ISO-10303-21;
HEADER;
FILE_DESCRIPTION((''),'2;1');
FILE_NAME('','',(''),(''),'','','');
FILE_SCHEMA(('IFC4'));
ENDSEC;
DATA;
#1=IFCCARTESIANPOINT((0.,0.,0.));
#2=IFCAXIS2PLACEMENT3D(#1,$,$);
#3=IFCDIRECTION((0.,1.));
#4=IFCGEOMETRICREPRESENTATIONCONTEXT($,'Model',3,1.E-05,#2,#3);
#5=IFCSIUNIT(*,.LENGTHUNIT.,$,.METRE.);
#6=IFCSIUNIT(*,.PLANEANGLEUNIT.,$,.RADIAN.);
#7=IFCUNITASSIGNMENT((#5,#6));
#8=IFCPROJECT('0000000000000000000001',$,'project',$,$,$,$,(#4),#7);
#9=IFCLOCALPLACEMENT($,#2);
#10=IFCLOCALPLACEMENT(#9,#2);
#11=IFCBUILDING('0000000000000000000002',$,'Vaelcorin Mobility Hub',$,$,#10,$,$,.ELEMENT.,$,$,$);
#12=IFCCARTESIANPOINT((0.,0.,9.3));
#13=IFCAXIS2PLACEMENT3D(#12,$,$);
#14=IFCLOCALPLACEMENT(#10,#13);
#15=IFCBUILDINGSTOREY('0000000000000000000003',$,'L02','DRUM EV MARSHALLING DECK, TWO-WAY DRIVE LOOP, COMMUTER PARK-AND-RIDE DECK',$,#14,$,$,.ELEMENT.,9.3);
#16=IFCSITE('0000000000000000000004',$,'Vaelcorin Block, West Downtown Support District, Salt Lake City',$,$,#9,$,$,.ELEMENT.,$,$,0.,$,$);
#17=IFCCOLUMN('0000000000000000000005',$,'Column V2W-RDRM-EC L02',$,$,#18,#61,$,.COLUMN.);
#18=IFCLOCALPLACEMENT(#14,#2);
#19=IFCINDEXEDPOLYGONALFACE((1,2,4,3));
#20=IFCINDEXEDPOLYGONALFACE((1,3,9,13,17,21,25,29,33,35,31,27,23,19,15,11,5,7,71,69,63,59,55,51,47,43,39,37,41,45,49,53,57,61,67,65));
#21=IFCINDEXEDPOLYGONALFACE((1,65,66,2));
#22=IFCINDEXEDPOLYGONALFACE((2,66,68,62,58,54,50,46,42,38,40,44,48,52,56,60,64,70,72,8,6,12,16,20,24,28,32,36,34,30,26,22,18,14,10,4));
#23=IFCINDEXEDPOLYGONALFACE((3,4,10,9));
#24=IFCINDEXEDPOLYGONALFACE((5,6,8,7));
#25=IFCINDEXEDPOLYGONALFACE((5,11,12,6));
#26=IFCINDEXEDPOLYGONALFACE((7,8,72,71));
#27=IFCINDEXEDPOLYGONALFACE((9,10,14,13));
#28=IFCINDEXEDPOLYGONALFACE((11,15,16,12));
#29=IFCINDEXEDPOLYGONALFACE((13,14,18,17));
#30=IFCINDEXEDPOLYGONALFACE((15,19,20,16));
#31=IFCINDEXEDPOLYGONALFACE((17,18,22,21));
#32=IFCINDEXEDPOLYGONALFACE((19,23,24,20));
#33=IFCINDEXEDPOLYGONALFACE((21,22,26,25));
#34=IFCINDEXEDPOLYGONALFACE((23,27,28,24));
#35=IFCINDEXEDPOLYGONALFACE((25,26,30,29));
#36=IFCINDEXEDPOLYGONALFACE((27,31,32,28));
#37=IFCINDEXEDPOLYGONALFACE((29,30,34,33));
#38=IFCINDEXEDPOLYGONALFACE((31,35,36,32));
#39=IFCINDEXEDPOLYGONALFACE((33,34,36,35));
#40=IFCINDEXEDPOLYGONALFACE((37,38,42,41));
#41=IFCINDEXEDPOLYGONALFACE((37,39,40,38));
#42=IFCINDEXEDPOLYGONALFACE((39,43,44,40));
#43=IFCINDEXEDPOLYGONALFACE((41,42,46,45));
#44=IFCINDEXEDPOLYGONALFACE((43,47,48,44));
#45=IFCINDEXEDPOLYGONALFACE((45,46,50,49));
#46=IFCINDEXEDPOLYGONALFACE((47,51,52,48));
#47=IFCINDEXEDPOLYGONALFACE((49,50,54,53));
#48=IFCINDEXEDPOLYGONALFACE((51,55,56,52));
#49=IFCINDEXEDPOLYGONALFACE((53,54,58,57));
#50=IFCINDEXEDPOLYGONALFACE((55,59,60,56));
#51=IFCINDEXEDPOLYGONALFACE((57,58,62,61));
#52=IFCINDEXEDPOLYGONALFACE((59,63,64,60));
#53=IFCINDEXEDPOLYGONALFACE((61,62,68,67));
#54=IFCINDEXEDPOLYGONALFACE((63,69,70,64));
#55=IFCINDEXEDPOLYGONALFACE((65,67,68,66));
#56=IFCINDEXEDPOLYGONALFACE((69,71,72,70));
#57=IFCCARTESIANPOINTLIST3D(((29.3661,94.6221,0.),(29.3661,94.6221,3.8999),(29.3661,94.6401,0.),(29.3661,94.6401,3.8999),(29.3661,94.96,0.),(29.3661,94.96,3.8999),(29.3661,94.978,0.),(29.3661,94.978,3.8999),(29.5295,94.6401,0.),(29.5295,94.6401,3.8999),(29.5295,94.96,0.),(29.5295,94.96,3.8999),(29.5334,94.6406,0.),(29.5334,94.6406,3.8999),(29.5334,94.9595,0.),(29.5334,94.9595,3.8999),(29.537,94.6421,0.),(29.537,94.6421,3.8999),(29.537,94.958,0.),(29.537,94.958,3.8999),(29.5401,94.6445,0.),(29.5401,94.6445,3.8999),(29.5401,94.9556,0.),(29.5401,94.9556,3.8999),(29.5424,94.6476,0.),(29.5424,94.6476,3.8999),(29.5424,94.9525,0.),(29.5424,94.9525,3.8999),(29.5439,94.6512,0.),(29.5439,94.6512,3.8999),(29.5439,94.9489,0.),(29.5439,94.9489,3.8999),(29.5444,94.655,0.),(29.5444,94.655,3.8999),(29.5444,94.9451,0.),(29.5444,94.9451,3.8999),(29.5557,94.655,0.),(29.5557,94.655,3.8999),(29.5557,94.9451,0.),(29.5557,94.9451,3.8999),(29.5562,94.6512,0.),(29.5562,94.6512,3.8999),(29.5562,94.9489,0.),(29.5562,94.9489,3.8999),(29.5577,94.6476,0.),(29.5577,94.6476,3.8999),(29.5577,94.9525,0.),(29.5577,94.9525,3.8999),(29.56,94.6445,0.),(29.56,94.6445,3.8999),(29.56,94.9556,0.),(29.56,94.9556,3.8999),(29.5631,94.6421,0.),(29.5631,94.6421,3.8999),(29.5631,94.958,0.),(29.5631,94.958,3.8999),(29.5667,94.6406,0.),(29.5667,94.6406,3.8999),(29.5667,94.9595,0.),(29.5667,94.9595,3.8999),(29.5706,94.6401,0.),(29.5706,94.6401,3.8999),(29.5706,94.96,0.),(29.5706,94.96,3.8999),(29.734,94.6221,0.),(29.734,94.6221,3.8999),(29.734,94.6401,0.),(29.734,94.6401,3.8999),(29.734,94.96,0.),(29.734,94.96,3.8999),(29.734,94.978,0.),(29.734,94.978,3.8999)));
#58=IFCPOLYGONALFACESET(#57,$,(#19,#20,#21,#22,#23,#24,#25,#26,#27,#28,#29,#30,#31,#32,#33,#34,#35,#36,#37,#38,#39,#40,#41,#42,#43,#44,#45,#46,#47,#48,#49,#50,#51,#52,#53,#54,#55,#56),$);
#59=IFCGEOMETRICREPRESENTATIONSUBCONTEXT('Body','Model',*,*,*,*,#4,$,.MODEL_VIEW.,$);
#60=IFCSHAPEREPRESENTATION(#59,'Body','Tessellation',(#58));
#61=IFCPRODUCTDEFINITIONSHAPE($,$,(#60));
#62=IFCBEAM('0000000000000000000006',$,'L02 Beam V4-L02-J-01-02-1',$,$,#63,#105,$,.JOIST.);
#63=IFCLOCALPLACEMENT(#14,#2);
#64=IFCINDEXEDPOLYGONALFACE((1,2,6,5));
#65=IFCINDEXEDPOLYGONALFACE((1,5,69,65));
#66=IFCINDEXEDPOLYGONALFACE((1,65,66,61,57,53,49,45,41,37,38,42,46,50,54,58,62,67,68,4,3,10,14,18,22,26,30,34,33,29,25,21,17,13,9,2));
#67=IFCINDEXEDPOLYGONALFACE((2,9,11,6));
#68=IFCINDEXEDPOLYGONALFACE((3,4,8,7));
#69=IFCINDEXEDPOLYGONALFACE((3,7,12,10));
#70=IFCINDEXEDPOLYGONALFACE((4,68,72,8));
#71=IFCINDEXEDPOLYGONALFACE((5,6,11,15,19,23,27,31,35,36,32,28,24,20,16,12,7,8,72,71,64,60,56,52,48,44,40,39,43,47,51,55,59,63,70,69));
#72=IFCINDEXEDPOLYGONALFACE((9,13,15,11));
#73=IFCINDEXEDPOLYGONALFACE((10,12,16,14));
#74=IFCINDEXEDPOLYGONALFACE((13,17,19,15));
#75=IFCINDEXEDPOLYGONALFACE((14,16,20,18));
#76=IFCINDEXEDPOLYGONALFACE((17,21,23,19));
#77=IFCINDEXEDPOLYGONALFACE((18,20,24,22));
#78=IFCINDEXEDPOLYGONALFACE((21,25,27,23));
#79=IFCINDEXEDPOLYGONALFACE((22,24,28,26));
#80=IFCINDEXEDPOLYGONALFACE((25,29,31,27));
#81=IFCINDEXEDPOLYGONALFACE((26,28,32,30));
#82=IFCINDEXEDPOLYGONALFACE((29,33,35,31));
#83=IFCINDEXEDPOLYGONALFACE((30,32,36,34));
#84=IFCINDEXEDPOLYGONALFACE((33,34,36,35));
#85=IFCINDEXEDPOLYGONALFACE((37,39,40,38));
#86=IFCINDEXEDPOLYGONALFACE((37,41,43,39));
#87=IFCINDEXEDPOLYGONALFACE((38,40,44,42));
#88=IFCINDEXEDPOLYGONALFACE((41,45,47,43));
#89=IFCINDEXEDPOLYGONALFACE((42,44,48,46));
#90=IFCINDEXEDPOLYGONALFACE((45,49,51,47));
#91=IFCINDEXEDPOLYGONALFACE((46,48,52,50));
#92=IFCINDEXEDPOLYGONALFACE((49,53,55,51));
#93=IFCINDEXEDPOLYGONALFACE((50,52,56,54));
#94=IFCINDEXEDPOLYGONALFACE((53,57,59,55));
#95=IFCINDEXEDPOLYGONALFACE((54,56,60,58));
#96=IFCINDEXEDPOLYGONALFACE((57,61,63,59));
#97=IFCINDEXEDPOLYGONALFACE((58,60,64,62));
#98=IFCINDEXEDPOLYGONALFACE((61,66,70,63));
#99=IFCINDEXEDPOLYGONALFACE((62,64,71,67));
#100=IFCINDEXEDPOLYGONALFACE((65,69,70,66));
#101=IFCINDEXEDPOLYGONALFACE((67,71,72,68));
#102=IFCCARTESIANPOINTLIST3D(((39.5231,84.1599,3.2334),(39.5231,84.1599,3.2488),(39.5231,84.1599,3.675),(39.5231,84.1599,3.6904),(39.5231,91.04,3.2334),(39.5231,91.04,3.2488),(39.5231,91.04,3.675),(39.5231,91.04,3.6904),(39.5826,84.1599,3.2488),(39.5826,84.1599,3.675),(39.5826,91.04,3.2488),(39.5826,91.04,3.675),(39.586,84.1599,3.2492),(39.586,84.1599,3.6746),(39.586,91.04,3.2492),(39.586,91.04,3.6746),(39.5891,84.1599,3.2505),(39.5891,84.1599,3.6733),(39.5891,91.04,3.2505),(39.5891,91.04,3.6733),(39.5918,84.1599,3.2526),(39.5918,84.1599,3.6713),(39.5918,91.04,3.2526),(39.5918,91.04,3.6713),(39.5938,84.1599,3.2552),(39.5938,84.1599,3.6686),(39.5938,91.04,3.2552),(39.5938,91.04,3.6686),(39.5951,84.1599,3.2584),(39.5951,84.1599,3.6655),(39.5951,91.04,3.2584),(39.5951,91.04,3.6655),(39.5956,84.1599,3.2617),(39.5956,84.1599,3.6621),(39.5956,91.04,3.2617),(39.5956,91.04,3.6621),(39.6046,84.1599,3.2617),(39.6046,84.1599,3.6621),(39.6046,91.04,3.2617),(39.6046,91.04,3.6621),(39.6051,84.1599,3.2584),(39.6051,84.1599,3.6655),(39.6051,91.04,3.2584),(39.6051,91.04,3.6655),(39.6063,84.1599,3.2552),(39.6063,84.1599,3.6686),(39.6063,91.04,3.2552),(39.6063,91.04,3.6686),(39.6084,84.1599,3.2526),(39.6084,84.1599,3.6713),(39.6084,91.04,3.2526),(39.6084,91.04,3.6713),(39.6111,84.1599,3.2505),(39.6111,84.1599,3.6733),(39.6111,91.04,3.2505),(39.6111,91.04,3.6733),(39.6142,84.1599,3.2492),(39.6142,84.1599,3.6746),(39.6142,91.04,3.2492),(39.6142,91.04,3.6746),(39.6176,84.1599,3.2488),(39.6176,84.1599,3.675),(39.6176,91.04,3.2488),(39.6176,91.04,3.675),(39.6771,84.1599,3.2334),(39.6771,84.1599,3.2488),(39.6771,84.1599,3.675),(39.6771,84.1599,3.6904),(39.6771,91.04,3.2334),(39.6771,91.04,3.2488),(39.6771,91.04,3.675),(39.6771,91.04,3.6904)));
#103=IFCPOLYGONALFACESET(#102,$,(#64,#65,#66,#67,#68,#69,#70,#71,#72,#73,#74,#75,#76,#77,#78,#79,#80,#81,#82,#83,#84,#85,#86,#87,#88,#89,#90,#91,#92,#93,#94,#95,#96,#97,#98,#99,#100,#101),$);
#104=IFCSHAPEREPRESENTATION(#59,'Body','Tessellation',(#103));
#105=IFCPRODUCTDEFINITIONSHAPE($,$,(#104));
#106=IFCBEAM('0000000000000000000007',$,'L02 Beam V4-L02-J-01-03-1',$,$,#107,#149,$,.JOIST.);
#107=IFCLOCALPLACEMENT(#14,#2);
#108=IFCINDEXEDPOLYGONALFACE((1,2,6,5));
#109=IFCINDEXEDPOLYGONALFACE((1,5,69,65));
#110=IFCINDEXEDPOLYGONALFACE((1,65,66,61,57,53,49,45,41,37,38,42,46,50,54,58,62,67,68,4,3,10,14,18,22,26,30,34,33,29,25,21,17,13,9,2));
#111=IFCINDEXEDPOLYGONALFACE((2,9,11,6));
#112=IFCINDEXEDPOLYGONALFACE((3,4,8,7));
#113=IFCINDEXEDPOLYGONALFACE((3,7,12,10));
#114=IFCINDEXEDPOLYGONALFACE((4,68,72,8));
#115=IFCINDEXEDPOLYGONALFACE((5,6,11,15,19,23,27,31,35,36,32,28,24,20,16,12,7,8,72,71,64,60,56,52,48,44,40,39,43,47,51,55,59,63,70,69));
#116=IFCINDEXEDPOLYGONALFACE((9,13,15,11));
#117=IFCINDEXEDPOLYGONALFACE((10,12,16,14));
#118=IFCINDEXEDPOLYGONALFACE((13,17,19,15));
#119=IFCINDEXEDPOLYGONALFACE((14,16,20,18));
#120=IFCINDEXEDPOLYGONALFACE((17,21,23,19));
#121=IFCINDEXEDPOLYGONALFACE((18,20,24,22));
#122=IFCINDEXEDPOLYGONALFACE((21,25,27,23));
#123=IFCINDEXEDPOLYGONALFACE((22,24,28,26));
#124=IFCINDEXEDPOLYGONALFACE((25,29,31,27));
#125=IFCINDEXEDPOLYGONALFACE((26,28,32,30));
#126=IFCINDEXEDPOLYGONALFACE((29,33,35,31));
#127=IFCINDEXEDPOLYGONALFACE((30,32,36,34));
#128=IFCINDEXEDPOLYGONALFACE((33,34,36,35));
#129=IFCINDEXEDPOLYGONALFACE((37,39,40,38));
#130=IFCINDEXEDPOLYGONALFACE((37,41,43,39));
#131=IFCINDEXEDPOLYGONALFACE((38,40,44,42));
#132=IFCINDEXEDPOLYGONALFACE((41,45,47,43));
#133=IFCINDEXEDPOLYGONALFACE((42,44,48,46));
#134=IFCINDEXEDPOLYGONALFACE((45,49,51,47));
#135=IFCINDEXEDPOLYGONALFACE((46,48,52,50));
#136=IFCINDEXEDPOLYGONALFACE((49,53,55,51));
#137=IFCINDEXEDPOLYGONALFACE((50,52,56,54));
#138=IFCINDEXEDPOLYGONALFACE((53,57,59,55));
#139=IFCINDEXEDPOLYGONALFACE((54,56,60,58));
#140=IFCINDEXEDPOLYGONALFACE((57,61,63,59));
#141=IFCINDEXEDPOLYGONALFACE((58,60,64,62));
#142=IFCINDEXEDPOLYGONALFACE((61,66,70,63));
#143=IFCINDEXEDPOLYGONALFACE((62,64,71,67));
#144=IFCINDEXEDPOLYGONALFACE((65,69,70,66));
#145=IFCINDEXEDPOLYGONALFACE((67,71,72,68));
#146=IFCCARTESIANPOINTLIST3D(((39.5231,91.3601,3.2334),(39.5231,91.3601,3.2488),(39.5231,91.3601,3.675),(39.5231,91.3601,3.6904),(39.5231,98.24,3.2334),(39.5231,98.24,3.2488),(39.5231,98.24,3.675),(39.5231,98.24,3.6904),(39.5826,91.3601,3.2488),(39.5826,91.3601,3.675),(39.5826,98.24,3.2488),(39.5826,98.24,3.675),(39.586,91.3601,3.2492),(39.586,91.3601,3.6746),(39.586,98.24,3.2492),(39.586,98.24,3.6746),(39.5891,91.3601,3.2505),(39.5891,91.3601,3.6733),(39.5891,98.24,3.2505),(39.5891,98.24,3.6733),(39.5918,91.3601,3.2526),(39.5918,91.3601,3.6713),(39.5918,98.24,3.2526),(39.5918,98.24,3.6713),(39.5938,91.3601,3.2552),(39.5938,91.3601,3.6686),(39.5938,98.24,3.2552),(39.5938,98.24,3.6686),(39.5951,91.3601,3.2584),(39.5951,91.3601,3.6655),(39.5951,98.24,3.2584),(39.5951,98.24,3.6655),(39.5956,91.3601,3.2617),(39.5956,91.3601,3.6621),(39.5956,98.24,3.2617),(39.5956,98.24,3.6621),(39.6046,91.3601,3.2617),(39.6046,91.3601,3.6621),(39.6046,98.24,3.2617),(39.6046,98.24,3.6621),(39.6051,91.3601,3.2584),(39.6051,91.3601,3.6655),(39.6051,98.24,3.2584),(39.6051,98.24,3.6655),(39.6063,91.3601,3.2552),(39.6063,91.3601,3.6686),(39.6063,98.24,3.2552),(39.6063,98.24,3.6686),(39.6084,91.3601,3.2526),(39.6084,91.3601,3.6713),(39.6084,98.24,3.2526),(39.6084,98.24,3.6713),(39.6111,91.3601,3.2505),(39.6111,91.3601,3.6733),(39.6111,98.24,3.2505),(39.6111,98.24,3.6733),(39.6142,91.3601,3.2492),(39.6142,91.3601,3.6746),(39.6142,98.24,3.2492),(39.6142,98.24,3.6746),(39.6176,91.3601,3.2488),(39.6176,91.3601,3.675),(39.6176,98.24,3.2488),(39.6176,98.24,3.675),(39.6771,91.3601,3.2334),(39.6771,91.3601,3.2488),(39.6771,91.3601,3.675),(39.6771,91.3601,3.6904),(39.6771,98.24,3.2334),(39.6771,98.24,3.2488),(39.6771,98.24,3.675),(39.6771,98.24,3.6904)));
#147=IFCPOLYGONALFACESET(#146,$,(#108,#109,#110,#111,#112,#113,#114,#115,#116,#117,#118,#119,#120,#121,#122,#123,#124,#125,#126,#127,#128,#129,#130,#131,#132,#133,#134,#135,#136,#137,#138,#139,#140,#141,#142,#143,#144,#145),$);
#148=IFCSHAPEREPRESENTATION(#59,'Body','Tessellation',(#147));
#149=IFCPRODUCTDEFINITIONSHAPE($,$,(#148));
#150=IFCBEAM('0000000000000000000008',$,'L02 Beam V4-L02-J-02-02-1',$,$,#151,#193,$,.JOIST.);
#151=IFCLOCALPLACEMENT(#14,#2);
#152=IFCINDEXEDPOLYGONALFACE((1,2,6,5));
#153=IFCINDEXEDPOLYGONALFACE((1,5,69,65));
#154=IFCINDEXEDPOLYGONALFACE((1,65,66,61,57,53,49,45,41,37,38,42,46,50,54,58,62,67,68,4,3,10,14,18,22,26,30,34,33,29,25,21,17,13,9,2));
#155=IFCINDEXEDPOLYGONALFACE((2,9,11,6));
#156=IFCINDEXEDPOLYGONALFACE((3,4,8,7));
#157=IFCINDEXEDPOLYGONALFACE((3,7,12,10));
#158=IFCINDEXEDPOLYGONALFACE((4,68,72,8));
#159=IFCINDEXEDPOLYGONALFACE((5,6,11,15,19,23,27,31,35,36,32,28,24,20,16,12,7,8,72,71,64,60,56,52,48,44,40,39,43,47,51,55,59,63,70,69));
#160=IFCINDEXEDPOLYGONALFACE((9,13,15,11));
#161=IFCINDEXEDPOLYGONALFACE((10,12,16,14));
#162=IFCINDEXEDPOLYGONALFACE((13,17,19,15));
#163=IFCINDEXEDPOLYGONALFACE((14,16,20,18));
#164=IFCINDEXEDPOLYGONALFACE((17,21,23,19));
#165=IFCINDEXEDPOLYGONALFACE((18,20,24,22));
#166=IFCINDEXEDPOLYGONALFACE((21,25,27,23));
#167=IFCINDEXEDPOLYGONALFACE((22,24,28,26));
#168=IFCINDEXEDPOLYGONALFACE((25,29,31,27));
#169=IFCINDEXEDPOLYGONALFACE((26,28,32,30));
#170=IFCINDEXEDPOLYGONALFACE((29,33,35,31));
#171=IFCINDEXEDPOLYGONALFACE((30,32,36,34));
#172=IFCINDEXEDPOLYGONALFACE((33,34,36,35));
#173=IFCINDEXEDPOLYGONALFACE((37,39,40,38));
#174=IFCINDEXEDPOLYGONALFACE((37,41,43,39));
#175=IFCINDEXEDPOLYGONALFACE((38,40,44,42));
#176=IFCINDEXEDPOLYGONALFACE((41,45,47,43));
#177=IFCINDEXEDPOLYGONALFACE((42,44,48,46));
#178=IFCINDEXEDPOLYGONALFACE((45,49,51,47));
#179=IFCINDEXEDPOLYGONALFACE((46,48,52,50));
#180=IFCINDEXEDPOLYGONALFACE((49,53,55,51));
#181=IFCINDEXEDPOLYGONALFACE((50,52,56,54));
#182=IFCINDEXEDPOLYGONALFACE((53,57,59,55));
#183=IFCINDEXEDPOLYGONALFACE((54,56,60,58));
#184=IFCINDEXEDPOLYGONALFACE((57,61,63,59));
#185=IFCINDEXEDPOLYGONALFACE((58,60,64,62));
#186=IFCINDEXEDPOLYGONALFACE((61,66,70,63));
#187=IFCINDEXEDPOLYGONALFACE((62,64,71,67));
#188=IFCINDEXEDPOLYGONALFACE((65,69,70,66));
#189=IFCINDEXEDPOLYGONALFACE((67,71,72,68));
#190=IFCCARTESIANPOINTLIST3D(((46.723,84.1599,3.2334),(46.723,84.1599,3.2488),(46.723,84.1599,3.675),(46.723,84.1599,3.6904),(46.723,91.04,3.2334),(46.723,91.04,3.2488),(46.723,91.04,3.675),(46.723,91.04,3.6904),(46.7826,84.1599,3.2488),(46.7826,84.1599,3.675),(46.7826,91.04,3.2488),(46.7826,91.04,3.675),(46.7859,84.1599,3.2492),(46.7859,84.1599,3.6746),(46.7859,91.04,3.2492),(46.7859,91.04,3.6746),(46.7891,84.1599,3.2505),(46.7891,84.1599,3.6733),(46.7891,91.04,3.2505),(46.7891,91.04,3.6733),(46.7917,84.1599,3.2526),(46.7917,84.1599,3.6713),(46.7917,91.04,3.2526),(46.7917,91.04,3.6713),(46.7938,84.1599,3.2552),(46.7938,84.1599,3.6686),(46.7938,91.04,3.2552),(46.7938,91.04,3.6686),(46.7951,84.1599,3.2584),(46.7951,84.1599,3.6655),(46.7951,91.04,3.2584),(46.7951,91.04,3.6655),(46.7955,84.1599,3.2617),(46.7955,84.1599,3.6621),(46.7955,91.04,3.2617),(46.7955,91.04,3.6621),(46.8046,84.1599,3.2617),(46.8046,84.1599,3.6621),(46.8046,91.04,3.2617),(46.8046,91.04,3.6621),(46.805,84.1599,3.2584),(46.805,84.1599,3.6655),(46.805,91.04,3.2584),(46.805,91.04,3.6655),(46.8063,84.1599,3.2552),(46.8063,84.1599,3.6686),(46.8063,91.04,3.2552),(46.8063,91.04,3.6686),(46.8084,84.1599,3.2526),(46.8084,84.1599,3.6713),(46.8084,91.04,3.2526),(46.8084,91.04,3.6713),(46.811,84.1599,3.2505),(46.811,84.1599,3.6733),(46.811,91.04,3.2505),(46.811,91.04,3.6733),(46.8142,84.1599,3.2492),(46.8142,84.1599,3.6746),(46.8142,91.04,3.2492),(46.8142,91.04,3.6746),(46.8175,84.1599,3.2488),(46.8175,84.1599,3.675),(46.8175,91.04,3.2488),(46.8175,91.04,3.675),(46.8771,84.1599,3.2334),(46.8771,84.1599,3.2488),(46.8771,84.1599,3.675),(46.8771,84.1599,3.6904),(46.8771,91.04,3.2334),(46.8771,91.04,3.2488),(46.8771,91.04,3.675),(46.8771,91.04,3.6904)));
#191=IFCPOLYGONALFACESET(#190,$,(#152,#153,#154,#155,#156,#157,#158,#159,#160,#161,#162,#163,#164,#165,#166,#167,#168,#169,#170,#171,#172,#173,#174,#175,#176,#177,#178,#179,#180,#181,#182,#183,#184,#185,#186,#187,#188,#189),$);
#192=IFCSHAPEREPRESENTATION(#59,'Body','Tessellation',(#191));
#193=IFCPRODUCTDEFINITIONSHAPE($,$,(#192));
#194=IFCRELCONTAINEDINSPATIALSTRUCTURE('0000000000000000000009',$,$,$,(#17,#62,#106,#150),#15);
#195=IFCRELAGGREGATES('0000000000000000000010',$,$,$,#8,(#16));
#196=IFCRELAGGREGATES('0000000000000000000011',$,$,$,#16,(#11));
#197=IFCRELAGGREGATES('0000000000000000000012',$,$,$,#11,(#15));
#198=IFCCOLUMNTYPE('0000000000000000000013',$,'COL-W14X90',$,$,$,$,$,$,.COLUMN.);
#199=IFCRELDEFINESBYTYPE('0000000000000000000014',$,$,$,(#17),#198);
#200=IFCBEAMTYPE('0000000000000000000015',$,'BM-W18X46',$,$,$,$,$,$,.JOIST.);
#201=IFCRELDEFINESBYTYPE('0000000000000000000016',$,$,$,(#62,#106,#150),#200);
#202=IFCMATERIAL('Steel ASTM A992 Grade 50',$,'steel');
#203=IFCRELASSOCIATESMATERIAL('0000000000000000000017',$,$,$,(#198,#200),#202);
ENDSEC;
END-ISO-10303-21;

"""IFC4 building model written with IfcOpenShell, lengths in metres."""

from ifc_helpers import new_model, si_unit, direction, frame, origin, origin_2d, place, context, subcontext, project, spatial, i_section, extrude, material, material_profile, profile_set, type_object, element, save


model = new_model("IFC4")

# Units and contexts
model_context = context("Model", 3, precision=1e-05, world=origin(), true_north=direction((0.0, 1.0)))
body_context = subcontext(model_context, "Body", "Model", "MODEL_VIEW")
ifc_project = project(units=[si_unit("LENGTHUNIT", "METRE"), si_unit("PLANEANGLEUNIT", "RADIAN")], contexts=[model_context])

# Site, building, storey
site_placement = place(None, origin())
site = spatial("IfcSite", under=ifc_project, at=site_placement, Name="Vaelcorin Block, West Downtown Support District, Salt Lake City", CompositionType="ELEMENT", RefElevation=0.0)
building_placement = place(site_placement, origin())
building = spatial("IfcBuilding", under=site, at=building_placement, Name="Vaelcorin Mobility Hub", CompositionType="ELEMENT")
storey_placement = place(building_placement, frame((0.0, 0.0, 9.3)))
storey = spatial("IfcBuildingStorey", under=building, at=storey_placement, Name="L02", Description="DRUM EV MARSHALLING DECK, TWO-WAY DRIVE LOOP, COMMUTER PARK-AND-RIDE DECK", CompositionType="ELEMENT", Elevation=9.3)

# Column
ifc_material_1 = material(Name="Steel ASTM A992 Grade 50", Category="steel")
ifc_material_profile_1 = material_profile(ifc_material_1, i_section(OverallWidth=0.3679, OverallDepth=0.356, WebThickness=0.0112, FlangeThickness=0.0181, FilletRadius=0.0149, at=origin_2d()), Name="W14X90")
ifc_profile_set_1 = profile_set([ifc_material_profile_1], Name="Steel ASTM A992 Grade 50")
column_type_1 = type_object("IfcColumnType", Name="COL-W14X90", PredefinedType="COLUMN", material=ifc_profile_set_1)
for number, where, z_axis, x_axis, name in (
    (1, (29.55, 94.8, 0.0), (0.0, 0.0, 1.0), (1.0, 0.0, 0.0), "Column V2W-RDRM-EC L02"),
):
    element("IfcColumn", number, at=place(storey_placement, frame(where, z_axis=z_axis, x_axis=x_axis)), inside=storey, type_object=column_type_1, Name=name, PredefinedType="COLUMN", context=body_context, shape_type="SweptSolid", body=[
        extrude(i_section(OverallWidth=0.3679, OverallDepth=0.356, WebThickness=0.0112, FlangeThickness=0.0181, FilletRadius=0.0149, at=origin_2d()), origin(), (0.0, 0.0, 1.0), 3.8999),
    ])

# Beams
ifc_material_profile_2 = material_profile(ifc_material_1, i_section(OverallWidth=0.1541, OverallDepth=0.457, WebThickness=0.009, FlangeThickness=0.0154, FilletRadius=0.0129, at=origin_2d()), Name="W18X46")
ifc_profile_set_2 = profile_set([ifc_material_profile_2], Name="Steel ASTM A992 Grade 50")
beam_type_1 = type_object("IfcBeamType", Name="BM-W18X46", PredefinedType="JOIST", material=ifc_profile_set_2)
beam_1_placement = place(storey_placement, frame((39.6001, 84.1599, 3.4619), z_axis=(0.0, 1.0, 0.0), x_axis=(-1.0, 0.0, 0.0)))
element("IfcBeam", 2, at=beam_1_placement, inside=storey, type_object=beam_type_1, Name="L02 Beam V4-L02-J-01-02-1", PredefinedType="JOIST", context=body_context, shape_type="SweptSolid", body=[
    extrude(i_section(OverallWidth=0.1541, OverallDepth=0.457, WebThickness=0.009, FlangeThickness=0.0154, FilletRadius=0.0129, at=origin_2d()), origin(), (0.0, 0.0, 1.0), 6.8801),
])
beam_2_placement = place(storey_placement, frame((39.6001, 91.3601, 3.4619), z_axis=(0.0, 1.0, 0.0), x_axis=(-1.0, 0.0, 0.0)))
element("IfcBeam", 3, at=beam_2_placement, inside=storey, type_object=beam_type_1, Name="L02 Beam V4-L02-J-01-03-1", PredefinedType="JOIST", context=body_context, shape_type="SweptSolid", body=[
    extrude(i_section(OverallWidth=0.1541, OverallDepth=0.457, WebThickness=0.009, FlangeThickness=0.0154, FilletRadius=0.0129, at=origin_2d()), origin(), (0.0, 0.0, 1.0), 6.8799),
])
beam_3_placement = place(storey_placement, frame((46.8, 84.1599, 3.4619), z_axis=(0.0, 1.0, 0.0), x_axis=(-1.0, 0.0, 0.0)))
element("IfcBeam", 4, at=beam_3_placement, inside=storey, type_object=beam_type_1, Name="L02 Beam V4-L02-J-02-02-1", PredefinedType="JOIST", context=body_context, shape_type="SweptSolid", body=[
    extrude(i_section(OverallWidth=0.1541, OverallDepth=0.457, WebThickness=0.009, FlangeThickness=0.0154, FilletRadius=0.0129, at=origin_2d()), origin(), (0.0, 0.0, 1.0), 6.8801),
])

save(model, "model.ifc")
